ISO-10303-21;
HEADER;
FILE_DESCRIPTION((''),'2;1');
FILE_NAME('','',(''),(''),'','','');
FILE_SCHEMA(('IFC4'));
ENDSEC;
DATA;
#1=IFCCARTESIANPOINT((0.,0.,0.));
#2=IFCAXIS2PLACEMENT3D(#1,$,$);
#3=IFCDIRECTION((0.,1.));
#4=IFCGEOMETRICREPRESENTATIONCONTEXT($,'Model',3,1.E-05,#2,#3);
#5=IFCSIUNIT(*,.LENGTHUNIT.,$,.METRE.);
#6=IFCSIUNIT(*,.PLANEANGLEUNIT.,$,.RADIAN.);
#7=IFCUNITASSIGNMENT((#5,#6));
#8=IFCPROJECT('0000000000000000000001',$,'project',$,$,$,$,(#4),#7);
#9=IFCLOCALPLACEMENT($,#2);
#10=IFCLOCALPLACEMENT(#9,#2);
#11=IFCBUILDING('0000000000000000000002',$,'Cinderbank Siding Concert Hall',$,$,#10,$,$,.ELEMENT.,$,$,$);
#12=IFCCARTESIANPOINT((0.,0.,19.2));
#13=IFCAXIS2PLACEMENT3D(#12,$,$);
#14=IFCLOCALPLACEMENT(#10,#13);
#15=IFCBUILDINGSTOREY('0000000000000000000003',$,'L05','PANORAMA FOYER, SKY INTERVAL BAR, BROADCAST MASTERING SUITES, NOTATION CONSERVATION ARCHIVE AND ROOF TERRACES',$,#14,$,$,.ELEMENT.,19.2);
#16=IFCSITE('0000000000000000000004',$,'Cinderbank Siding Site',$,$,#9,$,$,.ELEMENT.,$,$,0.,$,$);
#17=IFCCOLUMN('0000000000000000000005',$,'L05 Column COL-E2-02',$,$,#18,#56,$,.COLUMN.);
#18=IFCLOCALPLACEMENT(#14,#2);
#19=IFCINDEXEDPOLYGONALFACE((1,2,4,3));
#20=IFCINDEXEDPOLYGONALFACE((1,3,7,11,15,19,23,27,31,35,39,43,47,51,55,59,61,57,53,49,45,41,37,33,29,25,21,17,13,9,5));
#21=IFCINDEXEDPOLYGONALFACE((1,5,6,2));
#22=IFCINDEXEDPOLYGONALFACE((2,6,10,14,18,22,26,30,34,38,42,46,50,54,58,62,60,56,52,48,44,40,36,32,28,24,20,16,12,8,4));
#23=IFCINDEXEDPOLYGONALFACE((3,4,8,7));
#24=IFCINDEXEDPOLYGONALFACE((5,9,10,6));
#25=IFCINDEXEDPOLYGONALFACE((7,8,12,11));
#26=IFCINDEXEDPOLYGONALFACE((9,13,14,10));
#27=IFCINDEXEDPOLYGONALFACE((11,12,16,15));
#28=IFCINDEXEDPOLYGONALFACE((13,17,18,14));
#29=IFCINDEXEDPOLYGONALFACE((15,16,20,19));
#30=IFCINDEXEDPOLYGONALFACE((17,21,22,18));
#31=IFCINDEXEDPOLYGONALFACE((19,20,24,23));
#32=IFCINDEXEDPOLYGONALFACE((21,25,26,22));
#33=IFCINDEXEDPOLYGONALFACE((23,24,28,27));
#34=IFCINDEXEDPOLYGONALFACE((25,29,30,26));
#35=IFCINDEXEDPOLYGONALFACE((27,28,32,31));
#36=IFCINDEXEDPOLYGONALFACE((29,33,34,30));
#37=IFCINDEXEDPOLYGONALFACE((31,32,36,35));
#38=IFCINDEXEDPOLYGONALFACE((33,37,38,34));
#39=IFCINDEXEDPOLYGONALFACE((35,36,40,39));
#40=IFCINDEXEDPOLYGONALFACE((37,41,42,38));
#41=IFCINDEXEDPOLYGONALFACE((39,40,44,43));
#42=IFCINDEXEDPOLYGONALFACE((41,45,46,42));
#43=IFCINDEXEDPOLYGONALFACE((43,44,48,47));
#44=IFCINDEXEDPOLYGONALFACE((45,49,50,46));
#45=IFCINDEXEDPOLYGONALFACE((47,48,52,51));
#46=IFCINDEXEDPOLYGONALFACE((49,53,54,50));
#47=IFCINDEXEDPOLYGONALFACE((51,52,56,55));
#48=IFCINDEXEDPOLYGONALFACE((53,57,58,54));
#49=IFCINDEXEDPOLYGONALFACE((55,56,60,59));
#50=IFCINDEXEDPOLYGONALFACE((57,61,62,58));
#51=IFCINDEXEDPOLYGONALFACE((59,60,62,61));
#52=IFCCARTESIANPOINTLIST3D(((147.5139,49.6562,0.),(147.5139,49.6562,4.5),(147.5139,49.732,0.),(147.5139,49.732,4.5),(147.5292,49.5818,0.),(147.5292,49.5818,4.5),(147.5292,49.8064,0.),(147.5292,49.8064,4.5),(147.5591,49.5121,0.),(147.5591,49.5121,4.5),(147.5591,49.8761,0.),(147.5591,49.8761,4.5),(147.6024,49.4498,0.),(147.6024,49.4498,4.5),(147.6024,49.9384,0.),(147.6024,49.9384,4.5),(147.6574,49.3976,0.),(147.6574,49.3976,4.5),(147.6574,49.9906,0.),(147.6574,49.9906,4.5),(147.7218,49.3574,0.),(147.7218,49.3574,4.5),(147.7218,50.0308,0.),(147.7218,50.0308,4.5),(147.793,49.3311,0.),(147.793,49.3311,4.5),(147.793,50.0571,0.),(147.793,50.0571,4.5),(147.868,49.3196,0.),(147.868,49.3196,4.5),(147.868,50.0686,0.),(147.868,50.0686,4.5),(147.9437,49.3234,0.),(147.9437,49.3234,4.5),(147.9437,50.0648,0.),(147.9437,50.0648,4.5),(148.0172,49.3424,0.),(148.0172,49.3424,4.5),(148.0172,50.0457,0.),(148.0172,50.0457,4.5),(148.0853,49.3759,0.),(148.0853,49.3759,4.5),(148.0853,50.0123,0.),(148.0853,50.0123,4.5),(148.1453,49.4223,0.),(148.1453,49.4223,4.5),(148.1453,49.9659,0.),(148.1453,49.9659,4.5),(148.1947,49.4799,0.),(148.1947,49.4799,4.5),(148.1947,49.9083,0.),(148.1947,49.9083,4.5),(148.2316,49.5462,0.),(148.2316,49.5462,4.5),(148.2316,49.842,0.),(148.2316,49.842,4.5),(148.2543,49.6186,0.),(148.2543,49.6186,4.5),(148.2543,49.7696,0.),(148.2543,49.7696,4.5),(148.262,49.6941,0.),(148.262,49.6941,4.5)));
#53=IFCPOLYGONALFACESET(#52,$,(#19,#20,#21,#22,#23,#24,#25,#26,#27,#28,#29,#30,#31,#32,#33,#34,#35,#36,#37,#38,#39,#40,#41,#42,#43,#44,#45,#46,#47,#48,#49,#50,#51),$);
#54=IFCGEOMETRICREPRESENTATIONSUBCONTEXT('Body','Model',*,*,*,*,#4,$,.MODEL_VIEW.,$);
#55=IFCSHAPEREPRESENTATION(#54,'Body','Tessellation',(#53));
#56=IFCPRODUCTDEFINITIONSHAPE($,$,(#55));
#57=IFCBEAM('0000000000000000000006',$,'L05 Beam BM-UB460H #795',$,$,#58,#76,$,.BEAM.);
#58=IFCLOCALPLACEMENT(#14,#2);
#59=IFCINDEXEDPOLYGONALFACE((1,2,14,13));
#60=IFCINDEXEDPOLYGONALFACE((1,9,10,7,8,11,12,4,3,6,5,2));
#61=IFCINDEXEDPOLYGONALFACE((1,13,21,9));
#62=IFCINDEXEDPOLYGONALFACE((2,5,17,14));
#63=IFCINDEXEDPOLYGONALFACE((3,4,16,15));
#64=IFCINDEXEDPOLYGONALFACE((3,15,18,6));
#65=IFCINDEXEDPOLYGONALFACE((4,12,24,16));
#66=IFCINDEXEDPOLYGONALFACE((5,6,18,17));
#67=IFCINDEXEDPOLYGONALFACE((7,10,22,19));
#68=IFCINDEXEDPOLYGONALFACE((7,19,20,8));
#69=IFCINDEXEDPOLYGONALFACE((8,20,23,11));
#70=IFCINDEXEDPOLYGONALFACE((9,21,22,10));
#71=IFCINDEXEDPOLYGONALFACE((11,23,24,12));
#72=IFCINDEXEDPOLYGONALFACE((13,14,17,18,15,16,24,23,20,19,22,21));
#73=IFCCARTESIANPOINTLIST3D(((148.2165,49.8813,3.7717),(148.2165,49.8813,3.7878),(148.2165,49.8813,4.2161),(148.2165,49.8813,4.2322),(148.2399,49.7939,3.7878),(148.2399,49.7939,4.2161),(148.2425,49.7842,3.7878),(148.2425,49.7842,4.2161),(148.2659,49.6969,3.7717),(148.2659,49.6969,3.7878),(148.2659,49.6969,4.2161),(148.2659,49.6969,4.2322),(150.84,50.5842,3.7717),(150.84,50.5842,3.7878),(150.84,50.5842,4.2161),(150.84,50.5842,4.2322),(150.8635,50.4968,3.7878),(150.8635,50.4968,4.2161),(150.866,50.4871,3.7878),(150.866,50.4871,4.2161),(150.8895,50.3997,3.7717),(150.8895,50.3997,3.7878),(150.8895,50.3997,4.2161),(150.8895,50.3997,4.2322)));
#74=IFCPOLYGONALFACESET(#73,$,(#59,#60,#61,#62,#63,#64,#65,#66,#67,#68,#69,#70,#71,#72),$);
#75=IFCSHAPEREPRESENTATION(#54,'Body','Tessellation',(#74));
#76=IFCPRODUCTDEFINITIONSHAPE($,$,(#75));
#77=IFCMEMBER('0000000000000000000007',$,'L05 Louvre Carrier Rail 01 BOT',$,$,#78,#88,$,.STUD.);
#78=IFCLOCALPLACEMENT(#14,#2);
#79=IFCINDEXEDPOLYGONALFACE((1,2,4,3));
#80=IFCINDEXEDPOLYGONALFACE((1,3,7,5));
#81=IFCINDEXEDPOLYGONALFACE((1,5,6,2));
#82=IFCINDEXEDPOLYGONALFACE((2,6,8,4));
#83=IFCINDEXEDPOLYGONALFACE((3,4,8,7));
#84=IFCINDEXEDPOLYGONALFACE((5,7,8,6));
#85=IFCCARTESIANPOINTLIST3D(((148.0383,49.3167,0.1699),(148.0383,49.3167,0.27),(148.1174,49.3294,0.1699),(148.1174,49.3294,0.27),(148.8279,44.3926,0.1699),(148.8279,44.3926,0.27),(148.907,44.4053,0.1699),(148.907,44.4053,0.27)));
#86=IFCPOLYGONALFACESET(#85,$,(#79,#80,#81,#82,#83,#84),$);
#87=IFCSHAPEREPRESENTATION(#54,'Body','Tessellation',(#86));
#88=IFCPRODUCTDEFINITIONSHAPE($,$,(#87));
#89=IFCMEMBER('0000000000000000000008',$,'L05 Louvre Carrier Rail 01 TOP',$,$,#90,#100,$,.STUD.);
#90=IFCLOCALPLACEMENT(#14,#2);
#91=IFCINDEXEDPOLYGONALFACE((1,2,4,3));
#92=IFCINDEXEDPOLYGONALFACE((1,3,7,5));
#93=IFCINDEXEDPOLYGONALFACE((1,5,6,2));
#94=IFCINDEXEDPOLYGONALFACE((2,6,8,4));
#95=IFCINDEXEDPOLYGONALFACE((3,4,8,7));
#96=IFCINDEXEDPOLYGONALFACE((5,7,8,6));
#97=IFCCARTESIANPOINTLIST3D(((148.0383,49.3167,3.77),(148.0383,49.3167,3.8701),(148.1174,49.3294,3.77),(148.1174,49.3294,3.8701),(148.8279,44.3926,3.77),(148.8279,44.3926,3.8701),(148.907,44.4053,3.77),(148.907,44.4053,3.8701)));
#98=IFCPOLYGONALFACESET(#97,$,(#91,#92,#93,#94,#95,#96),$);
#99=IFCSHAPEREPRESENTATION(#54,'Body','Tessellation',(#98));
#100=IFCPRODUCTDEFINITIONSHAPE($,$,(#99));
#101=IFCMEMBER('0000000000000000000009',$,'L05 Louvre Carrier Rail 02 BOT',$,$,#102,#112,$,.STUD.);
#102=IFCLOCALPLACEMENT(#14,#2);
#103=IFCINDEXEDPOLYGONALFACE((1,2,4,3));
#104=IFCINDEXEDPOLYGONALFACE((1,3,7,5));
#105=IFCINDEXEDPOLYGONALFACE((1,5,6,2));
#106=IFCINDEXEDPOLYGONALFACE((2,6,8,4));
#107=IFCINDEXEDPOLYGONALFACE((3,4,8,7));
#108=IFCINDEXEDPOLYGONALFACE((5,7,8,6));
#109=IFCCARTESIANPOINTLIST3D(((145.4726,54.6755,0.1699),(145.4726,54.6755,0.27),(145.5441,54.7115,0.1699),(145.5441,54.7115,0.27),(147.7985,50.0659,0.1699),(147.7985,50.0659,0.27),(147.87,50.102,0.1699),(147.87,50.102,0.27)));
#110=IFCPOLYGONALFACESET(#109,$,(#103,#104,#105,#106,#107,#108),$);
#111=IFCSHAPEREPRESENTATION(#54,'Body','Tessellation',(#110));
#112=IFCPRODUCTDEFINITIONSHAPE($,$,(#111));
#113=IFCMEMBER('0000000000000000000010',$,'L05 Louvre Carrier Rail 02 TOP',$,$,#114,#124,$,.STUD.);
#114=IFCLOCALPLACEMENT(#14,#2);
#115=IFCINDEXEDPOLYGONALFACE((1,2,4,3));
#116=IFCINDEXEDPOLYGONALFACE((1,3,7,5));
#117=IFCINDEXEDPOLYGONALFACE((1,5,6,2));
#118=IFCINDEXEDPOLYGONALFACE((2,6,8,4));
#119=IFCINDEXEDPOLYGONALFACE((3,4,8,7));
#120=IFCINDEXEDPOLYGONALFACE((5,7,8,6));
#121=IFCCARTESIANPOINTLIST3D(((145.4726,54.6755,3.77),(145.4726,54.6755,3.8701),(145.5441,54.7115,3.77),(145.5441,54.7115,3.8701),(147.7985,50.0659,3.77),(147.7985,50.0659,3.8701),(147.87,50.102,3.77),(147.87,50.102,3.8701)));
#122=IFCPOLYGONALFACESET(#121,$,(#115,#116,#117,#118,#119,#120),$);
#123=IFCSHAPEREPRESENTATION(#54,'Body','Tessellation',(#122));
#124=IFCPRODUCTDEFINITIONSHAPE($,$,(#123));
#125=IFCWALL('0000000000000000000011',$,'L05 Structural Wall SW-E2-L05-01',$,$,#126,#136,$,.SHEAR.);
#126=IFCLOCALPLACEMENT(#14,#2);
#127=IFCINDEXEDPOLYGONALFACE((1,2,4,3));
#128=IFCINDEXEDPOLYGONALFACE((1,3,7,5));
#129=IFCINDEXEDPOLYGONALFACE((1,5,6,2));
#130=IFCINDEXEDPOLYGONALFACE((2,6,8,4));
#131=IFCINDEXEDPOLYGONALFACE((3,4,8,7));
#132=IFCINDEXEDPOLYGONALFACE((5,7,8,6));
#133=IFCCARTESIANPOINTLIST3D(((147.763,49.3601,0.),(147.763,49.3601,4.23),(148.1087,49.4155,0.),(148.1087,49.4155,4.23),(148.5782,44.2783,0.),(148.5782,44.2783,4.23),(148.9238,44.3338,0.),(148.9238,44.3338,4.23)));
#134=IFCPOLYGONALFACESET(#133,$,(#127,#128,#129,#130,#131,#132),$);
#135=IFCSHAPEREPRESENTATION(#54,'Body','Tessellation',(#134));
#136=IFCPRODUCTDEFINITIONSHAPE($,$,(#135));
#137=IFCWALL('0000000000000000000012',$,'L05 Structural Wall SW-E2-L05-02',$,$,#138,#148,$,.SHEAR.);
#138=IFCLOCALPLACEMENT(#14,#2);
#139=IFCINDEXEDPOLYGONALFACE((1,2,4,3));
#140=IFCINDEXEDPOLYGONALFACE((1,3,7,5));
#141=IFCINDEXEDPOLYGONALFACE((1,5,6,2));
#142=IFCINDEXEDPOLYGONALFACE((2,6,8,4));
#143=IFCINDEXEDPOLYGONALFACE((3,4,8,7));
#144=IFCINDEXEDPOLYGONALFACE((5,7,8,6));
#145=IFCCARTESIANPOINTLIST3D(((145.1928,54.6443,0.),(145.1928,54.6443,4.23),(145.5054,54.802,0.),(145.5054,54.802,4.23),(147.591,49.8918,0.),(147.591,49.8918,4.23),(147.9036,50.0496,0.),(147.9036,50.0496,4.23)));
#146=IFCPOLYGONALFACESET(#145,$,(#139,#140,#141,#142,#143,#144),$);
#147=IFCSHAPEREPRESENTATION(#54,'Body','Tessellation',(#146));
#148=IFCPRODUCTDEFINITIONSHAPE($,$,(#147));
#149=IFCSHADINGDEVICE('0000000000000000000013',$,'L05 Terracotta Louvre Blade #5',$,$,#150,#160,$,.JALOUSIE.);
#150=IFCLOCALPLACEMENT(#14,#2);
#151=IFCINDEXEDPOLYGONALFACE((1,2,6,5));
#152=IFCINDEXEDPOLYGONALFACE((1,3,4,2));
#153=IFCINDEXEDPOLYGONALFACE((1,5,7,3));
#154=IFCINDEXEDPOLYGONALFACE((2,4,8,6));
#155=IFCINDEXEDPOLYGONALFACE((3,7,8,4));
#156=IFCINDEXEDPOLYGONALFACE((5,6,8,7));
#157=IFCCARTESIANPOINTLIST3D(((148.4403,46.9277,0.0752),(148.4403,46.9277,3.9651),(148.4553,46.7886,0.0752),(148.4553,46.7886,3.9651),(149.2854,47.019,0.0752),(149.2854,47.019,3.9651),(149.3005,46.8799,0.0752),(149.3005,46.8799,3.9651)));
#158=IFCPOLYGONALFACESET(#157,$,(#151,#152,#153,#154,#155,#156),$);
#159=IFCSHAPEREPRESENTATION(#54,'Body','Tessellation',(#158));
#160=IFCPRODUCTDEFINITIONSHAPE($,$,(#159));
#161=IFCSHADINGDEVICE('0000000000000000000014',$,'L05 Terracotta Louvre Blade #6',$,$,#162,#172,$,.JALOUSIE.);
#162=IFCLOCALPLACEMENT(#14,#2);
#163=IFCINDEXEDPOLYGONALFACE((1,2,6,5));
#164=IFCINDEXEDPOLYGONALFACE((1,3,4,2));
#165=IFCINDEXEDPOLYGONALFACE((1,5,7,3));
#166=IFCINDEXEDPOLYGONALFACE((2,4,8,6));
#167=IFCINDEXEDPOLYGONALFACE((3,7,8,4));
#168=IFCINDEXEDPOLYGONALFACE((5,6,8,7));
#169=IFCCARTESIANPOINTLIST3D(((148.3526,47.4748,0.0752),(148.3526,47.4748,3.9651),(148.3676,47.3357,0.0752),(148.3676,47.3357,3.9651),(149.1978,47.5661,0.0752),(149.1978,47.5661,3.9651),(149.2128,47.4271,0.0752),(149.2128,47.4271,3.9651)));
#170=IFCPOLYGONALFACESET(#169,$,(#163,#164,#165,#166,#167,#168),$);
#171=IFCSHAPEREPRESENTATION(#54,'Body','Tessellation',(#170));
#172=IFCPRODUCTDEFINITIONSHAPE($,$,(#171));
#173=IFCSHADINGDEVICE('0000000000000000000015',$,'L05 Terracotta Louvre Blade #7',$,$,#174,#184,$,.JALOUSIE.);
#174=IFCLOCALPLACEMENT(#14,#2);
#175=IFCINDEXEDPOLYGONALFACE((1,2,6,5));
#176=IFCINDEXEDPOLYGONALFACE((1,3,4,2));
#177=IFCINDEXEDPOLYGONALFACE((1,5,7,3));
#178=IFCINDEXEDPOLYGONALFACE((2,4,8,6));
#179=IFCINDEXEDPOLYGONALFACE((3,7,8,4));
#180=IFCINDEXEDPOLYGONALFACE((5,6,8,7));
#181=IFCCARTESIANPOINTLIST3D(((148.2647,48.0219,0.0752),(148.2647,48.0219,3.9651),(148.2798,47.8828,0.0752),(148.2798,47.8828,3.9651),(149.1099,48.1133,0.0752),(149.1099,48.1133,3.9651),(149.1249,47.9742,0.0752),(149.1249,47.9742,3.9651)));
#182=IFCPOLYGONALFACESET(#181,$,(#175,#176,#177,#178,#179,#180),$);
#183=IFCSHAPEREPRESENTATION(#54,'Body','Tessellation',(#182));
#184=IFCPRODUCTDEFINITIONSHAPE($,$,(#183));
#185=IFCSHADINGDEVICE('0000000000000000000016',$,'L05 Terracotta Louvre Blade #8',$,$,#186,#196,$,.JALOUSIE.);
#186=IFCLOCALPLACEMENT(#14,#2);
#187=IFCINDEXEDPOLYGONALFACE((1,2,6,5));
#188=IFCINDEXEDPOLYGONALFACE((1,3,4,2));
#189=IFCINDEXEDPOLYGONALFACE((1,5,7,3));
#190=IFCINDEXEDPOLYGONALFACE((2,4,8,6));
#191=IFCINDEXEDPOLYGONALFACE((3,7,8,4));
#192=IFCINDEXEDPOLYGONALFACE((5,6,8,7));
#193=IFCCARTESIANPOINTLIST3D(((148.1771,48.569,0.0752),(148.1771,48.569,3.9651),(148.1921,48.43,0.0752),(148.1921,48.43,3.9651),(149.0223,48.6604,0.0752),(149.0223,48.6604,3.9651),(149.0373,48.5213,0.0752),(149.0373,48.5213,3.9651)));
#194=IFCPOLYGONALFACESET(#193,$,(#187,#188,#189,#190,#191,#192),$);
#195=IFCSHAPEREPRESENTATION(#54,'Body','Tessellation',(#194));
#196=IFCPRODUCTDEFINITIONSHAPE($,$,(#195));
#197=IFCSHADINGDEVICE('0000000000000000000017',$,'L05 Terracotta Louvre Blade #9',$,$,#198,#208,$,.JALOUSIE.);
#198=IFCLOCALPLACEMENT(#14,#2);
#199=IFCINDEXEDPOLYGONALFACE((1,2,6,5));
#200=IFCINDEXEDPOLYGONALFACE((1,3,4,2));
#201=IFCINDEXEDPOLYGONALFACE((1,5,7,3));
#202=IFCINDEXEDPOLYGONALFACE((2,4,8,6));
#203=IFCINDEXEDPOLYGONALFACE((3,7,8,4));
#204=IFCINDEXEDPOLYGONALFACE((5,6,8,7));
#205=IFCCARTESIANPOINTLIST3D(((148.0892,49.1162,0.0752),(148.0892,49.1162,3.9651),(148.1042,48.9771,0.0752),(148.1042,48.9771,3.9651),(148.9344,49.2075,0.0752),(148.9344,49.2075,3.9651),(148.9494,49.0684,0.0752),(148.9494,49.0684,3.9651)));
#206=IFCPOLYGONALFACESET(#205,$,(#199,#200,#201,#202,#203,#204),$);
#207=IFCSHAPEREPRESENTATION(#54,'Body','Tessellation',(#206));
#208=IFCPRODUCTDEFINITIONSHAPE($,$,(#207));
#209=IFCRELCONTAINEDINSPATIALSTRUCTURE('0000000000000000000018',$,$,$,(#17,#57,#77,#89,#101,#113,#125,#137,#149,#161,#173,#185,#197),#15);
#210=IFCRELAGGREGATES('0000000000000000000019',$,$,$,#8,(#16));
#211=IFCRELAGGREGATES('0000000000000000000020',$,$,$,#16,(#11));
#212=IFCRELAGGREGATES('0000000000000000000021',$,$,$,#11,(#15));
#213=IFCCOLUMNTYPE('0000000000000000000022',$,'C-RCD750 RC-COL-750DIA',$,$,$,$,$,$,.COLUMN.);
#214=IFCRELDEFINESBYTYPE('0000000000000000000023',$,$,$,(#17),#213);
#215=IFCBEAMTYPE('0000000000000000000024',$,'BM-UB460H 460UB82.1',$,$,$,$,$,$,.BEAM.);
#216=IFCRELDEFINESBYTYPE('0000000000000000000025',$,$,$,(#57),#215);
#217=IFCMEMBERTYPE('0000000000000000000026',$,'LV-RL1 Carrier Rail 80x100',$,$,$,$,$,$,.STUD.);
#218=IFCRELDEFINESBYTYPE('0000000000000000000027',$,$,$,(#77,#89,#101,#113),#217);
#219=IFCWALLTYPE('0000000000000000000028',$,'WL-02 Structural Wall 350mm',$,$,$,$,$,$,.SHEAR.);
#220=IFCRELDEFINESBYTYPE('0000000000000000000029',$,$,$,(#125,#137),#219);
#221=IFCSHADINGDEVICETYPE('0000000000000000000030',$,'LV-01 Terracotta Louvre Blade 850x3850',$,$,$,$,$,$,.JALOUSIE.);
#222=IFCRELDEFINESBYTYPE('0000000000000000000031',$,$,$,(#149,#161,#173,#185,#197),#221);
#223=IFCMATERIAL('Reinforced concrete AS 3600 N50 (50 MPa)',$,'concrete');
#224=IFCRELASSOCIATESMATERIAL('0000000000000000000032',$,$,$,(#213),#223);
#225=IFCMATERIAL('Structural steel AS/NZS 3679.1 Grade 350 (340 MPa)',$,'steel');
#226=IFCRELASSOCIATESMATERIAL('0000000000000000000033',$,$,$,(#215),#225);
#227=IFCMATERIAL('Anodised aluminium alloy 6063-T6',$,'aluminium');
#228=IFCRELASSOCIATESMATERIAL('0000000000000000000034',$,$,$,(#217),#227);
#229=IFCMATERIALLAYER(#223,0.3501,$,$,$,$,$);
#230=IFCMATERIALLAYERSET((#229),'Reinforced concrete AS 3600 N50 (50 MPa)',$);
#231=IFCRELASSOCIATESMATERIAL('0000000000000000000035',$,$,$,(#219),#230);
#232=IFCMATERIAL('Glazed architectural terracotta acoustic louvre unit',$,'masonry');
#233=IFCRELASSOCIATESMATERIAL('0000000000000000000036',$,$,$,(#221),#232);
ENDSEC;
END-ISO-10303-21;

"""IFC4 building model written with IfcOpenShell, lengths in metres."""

from ifc_helpers import new_model, si_unit, direction, frame, frame_2d, origin, origin_2d, place, context, subcontext, project, spatial, rectangle, circle, i_section, extrude, material, layer, layer_set, material_profile, profile_set, type_object, element, save


model = new_model("IFC4")

# Units and contexts
model_context = context("Model", 3, precision=1e-05, world=origin(), true_north=direction((0.0, 1.0)))
body_context = subcontext(model_context, "Body", "Model", "MODEL_VIEW")
ifc_project = project(units=[si_unit("LENGTHUNIT", "METRE"), si_unit("PLANEANGLEUNIT", "RADIAN")], contexts=[model_context])

# Site, building, storey
site_placement = place(None, origin())
site = spatial("IfcSite", under=ifc_project, at=site_placement, Name="Cinderbank Siding Site", CompositionType="ELEMENT", RefElevation=0.0)
building_placement = place(site_placement, origin())
building = spatial("IfcBuilding", under=site, at=building_placement, Name="Cinderbank Siding Concert Hall", CompositionType="ELEMENT")
storey_placement = place(building_placement, frame((0.0, 0.0, 19.2)))
storey = spatial("IfcBuildingStorey", under=building, at=storey_placement, Name="L05", Description="PANORAMA FOYER, SKY INTERVAL BAR, BROADCAST MASTERING SUITES, NOTATION CONSERVATION ARCHIVE AND ROOF TERRACES", CompositionType="ELEMENT", Elevation=19.2)

# Column
ifc_material_1 = material(Name="Reinforced concrete AS 3600 N50 (50 MPa)", Category="concrete")
ifc_material_profile_1 = material_profile(ifc_material_1, circle(Radius=0.375, at=origin_2d()), Name="RC-COL-750DIA", Category="LoadBearing")
ifc_profile_set_1 = profile_set([ifc_material_profile_1], Name="Reinforced concrete AS 3600 N50 (50 MPa)")
column_type = type_object("IfcColumnType", Name="C-RCD750 RC-COL-750DIA", PredefinedType="COLUMN", material=ifc_profile_set_1)
column_placement = place(storey_placement, frame((147.887, 49.6941, 0.0), z_axis=(0.0, 0.0, 1.0), x_axis=(1.0, 0.0, 0.0)))
element("IfcColumn", 1, at=column_placement, inside=storey, type_object=column_type, Name="L05 Column COL-E2-02", PredefinedType="COLUMN", context=body_context, shape_type="SweptSolid", body=[
    extrude(circle(Radius=0.375, at=origin_2d()), origin(), (0.0, 0.0, 1.0), 4.5),
])

# Beam
ifc_material_2 = material(Name="Structural steel AS/NZS 3679.1 Grade 350 (340 MPa)", Category="steel")
ifc_material_profile_2 = material_profile(ifc_material_2, i_section(OverallWidth=0.1909, OverallDepth=0.4604, WebThickness=0.01, FlangeThickness=0.0161, at=origin_2d()), Name="460UB82.1", Category="LoadBearing")
ifc_profile_set_2 = profile_set([ifc_material_profile_2], Name="Structural steel AS/NZS 3679.1 Grade 350 (340 MPa)")
beam_type = type_object("IfcBeamType", Name="BM-UB460H 460UB82.1", PredefinedType="BEAM", material=ifc_profile_set_2)
beam_placement = place(storey_placement, frame((148.2412, 49.7891, 4.002), z_axis=(0.965934, 0.258787, 0.0), x_axis=(-0.258787, 0.965934, 0.0)))
element("IfcBeam", 2, at=beam_placement, inside=storey, type_object=beam_type, Name="L05 Beam BM-UB460H #795", PredefinedType="BEAM", context=body_context, shape_type="SweptSolid", body=[
    extrude(i_section(OverallWidth=0.1909, OverallDepth=0.4604, WebThickness=0.01, FlangeThickness=0.0161, at=origin_2d()), origin(), (0.0, 0.0, 1.0), 2.7161),
])

# Members
ifc_material_3 = material(Name="Anodised aluminium alloy 6063-T6", Category="aluminium")
ifc_material_profile_3 = material_profile(ifc_material_3, rectangle(XDim=0.0801, YDim=0.1001, at=origin_2d()), Name="ALU-RAIL-80x100", Category="LoadBearing")
ifc_profile_set_3 = profile_set([ifc_material_profile_3], Name="Anodised aluminium alloy 6063-T6")
member_type = type_object("IfcMemberType", Name="LV-RL1 Carrier Rail 80x100", PredefinedType="STUD", material=ifc_profile_set_3)
for number, where, z_axis, x_axis, name in (
    (3, (148.8674, 44.3989, 0.22), (-0.158323, 0.987387, 0.0), (-0.987387, -0.158323, 0.0), "L05 Louvre Carrier Rail 01 BOT"),
    (4, (148.8674, 44.3989, 3.8201), (-0.158323, 0.987387, 0.0), (-0.987387, -0.158323, 0.0), "L05 Louvre Carrier Rail 01 TOP"),
):
    element("IfcMember", number, at=place(storey_placement, frame(where, z_axis=z_axis, x_axis=x_axis)), inside=storey, type_object=member_type, Name=name, PredefinedType="STUD", context=body_context, shape_type="SweptSolid", body=[
        extrude(rectangle(XDim=0.0801, YDim=0.1001, at=origin_2d()), origin(), (0.0, 0.0, 1.0), 4.9871),
    ])
for number, where, z_axis, x_axis, name in (
    (5, (147.8342, 50.084, 0.22), (-0.450483, 0.892785, 0.0), (-0.892785, -0.450483, 0.0), "L05 Louvre Carrier Rail 02 BOT"),
    (6, (147.8342, 50.084, 3.8201), (-0.450483, 0.892785, 0.0), (-0.892785, -0.450483, 0.0), "L05 Louvre Carrier Rail 02 TOP"),
):
    element("IfcMember", number, at=place(storey_placement, frame(where, z_axis=z_axis, x_axis=x_axis)), inside=storey, type_object=member_type, Name=name, PredefinedType="STUD", context=body_context, shape_type="SweptSolid", body=[
        extrude(rectangle(XDim=0.0801, YDim=0.1001, at=origin_2d()), origin(), (0.0, 0.0, 1.0), 5.1631),
    ])

# Walls
ifc_layer = layer(ifc_material_1, 0.3501)
ifc_layer_set = layer_set([ifc_layer], Name="Reinforced concrete AS 3600 N50 (50 MPa)")
wall_type = type_object("IfcWallType", Name="WL-02 Structural Wall 350mm", PredefinedType="SHEAR", material=ifc_layer_set)
wall_1_placement = place(storey_placement, frame((148.751, 44.3062, 0.0), z_axis=(0.0, 0.0, 1.0), x_axis=(-0.158388, 0.987377, 0.0)))
element("IfcWall", 7, at=wall_1_placement, inside=storey, type_object=wall_type, Name="L05 Structural Wall SW-E2-L05-01", PredefinedType="SHEAR", context=body_context, shape_type="SweptSolid", body=[
    extrude(rectangle(XDim=5.1467, YDim=0.3501, at=frame_2d((2.5732, 0.0))), origin(), (0.0, 0.0, 1.0), 4.23),
])
wall_2_placement = place(storey_placement, frame((147.7473, 49.9707, 0.0), z_axis=(0.0, 0.0, 1.0), x_axis=(-0.450513, 0.89277, 0.0)))
element("IfcWall", 8, at=wall_2_placement, inside=storey, type_object=wall_type, Name="L05 Structural Wall SW-E2-L05-02", PredefinedType="SHEAR", context=body_context, shape_type="SweptSolid", body=[
    extrude(rectangle(XDim=5.3232, YDim=0.3501, at=frame_2d((2.6616, 0.0))), origin(), (0.0, 0.0, 1.0), 4.23),
])

# Shading devices
ifc_material_4 = material(Name="Glazed architectural terracotta acoustic louvre unit", Category="masonry")
shading_device_type = type_object("IfcShadingDeviceType", Name="LV-01 Terracotta Louvre Blade 850x3850", PredefinedType="JALOUSIE", material=ifc_material_4)
for number, where, z_axis, x_axis, name in (
    (9, (148.8704, 46.9038, 0.0752), (0.0, 0.0, 1.0), (0.994211, 0.107447, 0.0), "L05 Terracotta Louvre Blade #5"),
    (10, (148.7827, 47.4509, 0.0752), (0.0, 0.0, 1.0), (0.994211, 0.107447, 0.0), "L05 Terracotta Louvre Blade #6"),
    (11, (148.6948, 47.998, 0.0752), (0.0, 0.0, 1.0), (0.994211, 0.107447, 0.0), "L05 Terracotta Louvre Blade #7"),
    (12, (148.6072, 48.5452, 0.0752), (0.0, 0.0, 1.0), (0.994211, 0.107447, 0.0), "L05 Terracotta Louvre Blade #8"),
    (13, (148.5193, 49.0923, 0.0752), (0.0, 0.0, 1.0), (0.994211, 0.107447, 0.0), "L05 Terracotta Louvre Blade #9"),
):
    element("IfcShadingDevice", number, at=place(storey_placement, frame(where, z_axis=z_axis, x_axis=x_axis)), inside=storey, type_object=shading_device_type, Name=name, PredefinedType="JALOUSIE", context=body_context, shape_type="SweptSolid", body=[
        extrude(rectangle(XDim=0.8501, YDim=0.1399, at=origin_2d()), origin(), (0.0, 0.0, 1.0), 3.8899),
    ])

save(model, "model.ifc")
